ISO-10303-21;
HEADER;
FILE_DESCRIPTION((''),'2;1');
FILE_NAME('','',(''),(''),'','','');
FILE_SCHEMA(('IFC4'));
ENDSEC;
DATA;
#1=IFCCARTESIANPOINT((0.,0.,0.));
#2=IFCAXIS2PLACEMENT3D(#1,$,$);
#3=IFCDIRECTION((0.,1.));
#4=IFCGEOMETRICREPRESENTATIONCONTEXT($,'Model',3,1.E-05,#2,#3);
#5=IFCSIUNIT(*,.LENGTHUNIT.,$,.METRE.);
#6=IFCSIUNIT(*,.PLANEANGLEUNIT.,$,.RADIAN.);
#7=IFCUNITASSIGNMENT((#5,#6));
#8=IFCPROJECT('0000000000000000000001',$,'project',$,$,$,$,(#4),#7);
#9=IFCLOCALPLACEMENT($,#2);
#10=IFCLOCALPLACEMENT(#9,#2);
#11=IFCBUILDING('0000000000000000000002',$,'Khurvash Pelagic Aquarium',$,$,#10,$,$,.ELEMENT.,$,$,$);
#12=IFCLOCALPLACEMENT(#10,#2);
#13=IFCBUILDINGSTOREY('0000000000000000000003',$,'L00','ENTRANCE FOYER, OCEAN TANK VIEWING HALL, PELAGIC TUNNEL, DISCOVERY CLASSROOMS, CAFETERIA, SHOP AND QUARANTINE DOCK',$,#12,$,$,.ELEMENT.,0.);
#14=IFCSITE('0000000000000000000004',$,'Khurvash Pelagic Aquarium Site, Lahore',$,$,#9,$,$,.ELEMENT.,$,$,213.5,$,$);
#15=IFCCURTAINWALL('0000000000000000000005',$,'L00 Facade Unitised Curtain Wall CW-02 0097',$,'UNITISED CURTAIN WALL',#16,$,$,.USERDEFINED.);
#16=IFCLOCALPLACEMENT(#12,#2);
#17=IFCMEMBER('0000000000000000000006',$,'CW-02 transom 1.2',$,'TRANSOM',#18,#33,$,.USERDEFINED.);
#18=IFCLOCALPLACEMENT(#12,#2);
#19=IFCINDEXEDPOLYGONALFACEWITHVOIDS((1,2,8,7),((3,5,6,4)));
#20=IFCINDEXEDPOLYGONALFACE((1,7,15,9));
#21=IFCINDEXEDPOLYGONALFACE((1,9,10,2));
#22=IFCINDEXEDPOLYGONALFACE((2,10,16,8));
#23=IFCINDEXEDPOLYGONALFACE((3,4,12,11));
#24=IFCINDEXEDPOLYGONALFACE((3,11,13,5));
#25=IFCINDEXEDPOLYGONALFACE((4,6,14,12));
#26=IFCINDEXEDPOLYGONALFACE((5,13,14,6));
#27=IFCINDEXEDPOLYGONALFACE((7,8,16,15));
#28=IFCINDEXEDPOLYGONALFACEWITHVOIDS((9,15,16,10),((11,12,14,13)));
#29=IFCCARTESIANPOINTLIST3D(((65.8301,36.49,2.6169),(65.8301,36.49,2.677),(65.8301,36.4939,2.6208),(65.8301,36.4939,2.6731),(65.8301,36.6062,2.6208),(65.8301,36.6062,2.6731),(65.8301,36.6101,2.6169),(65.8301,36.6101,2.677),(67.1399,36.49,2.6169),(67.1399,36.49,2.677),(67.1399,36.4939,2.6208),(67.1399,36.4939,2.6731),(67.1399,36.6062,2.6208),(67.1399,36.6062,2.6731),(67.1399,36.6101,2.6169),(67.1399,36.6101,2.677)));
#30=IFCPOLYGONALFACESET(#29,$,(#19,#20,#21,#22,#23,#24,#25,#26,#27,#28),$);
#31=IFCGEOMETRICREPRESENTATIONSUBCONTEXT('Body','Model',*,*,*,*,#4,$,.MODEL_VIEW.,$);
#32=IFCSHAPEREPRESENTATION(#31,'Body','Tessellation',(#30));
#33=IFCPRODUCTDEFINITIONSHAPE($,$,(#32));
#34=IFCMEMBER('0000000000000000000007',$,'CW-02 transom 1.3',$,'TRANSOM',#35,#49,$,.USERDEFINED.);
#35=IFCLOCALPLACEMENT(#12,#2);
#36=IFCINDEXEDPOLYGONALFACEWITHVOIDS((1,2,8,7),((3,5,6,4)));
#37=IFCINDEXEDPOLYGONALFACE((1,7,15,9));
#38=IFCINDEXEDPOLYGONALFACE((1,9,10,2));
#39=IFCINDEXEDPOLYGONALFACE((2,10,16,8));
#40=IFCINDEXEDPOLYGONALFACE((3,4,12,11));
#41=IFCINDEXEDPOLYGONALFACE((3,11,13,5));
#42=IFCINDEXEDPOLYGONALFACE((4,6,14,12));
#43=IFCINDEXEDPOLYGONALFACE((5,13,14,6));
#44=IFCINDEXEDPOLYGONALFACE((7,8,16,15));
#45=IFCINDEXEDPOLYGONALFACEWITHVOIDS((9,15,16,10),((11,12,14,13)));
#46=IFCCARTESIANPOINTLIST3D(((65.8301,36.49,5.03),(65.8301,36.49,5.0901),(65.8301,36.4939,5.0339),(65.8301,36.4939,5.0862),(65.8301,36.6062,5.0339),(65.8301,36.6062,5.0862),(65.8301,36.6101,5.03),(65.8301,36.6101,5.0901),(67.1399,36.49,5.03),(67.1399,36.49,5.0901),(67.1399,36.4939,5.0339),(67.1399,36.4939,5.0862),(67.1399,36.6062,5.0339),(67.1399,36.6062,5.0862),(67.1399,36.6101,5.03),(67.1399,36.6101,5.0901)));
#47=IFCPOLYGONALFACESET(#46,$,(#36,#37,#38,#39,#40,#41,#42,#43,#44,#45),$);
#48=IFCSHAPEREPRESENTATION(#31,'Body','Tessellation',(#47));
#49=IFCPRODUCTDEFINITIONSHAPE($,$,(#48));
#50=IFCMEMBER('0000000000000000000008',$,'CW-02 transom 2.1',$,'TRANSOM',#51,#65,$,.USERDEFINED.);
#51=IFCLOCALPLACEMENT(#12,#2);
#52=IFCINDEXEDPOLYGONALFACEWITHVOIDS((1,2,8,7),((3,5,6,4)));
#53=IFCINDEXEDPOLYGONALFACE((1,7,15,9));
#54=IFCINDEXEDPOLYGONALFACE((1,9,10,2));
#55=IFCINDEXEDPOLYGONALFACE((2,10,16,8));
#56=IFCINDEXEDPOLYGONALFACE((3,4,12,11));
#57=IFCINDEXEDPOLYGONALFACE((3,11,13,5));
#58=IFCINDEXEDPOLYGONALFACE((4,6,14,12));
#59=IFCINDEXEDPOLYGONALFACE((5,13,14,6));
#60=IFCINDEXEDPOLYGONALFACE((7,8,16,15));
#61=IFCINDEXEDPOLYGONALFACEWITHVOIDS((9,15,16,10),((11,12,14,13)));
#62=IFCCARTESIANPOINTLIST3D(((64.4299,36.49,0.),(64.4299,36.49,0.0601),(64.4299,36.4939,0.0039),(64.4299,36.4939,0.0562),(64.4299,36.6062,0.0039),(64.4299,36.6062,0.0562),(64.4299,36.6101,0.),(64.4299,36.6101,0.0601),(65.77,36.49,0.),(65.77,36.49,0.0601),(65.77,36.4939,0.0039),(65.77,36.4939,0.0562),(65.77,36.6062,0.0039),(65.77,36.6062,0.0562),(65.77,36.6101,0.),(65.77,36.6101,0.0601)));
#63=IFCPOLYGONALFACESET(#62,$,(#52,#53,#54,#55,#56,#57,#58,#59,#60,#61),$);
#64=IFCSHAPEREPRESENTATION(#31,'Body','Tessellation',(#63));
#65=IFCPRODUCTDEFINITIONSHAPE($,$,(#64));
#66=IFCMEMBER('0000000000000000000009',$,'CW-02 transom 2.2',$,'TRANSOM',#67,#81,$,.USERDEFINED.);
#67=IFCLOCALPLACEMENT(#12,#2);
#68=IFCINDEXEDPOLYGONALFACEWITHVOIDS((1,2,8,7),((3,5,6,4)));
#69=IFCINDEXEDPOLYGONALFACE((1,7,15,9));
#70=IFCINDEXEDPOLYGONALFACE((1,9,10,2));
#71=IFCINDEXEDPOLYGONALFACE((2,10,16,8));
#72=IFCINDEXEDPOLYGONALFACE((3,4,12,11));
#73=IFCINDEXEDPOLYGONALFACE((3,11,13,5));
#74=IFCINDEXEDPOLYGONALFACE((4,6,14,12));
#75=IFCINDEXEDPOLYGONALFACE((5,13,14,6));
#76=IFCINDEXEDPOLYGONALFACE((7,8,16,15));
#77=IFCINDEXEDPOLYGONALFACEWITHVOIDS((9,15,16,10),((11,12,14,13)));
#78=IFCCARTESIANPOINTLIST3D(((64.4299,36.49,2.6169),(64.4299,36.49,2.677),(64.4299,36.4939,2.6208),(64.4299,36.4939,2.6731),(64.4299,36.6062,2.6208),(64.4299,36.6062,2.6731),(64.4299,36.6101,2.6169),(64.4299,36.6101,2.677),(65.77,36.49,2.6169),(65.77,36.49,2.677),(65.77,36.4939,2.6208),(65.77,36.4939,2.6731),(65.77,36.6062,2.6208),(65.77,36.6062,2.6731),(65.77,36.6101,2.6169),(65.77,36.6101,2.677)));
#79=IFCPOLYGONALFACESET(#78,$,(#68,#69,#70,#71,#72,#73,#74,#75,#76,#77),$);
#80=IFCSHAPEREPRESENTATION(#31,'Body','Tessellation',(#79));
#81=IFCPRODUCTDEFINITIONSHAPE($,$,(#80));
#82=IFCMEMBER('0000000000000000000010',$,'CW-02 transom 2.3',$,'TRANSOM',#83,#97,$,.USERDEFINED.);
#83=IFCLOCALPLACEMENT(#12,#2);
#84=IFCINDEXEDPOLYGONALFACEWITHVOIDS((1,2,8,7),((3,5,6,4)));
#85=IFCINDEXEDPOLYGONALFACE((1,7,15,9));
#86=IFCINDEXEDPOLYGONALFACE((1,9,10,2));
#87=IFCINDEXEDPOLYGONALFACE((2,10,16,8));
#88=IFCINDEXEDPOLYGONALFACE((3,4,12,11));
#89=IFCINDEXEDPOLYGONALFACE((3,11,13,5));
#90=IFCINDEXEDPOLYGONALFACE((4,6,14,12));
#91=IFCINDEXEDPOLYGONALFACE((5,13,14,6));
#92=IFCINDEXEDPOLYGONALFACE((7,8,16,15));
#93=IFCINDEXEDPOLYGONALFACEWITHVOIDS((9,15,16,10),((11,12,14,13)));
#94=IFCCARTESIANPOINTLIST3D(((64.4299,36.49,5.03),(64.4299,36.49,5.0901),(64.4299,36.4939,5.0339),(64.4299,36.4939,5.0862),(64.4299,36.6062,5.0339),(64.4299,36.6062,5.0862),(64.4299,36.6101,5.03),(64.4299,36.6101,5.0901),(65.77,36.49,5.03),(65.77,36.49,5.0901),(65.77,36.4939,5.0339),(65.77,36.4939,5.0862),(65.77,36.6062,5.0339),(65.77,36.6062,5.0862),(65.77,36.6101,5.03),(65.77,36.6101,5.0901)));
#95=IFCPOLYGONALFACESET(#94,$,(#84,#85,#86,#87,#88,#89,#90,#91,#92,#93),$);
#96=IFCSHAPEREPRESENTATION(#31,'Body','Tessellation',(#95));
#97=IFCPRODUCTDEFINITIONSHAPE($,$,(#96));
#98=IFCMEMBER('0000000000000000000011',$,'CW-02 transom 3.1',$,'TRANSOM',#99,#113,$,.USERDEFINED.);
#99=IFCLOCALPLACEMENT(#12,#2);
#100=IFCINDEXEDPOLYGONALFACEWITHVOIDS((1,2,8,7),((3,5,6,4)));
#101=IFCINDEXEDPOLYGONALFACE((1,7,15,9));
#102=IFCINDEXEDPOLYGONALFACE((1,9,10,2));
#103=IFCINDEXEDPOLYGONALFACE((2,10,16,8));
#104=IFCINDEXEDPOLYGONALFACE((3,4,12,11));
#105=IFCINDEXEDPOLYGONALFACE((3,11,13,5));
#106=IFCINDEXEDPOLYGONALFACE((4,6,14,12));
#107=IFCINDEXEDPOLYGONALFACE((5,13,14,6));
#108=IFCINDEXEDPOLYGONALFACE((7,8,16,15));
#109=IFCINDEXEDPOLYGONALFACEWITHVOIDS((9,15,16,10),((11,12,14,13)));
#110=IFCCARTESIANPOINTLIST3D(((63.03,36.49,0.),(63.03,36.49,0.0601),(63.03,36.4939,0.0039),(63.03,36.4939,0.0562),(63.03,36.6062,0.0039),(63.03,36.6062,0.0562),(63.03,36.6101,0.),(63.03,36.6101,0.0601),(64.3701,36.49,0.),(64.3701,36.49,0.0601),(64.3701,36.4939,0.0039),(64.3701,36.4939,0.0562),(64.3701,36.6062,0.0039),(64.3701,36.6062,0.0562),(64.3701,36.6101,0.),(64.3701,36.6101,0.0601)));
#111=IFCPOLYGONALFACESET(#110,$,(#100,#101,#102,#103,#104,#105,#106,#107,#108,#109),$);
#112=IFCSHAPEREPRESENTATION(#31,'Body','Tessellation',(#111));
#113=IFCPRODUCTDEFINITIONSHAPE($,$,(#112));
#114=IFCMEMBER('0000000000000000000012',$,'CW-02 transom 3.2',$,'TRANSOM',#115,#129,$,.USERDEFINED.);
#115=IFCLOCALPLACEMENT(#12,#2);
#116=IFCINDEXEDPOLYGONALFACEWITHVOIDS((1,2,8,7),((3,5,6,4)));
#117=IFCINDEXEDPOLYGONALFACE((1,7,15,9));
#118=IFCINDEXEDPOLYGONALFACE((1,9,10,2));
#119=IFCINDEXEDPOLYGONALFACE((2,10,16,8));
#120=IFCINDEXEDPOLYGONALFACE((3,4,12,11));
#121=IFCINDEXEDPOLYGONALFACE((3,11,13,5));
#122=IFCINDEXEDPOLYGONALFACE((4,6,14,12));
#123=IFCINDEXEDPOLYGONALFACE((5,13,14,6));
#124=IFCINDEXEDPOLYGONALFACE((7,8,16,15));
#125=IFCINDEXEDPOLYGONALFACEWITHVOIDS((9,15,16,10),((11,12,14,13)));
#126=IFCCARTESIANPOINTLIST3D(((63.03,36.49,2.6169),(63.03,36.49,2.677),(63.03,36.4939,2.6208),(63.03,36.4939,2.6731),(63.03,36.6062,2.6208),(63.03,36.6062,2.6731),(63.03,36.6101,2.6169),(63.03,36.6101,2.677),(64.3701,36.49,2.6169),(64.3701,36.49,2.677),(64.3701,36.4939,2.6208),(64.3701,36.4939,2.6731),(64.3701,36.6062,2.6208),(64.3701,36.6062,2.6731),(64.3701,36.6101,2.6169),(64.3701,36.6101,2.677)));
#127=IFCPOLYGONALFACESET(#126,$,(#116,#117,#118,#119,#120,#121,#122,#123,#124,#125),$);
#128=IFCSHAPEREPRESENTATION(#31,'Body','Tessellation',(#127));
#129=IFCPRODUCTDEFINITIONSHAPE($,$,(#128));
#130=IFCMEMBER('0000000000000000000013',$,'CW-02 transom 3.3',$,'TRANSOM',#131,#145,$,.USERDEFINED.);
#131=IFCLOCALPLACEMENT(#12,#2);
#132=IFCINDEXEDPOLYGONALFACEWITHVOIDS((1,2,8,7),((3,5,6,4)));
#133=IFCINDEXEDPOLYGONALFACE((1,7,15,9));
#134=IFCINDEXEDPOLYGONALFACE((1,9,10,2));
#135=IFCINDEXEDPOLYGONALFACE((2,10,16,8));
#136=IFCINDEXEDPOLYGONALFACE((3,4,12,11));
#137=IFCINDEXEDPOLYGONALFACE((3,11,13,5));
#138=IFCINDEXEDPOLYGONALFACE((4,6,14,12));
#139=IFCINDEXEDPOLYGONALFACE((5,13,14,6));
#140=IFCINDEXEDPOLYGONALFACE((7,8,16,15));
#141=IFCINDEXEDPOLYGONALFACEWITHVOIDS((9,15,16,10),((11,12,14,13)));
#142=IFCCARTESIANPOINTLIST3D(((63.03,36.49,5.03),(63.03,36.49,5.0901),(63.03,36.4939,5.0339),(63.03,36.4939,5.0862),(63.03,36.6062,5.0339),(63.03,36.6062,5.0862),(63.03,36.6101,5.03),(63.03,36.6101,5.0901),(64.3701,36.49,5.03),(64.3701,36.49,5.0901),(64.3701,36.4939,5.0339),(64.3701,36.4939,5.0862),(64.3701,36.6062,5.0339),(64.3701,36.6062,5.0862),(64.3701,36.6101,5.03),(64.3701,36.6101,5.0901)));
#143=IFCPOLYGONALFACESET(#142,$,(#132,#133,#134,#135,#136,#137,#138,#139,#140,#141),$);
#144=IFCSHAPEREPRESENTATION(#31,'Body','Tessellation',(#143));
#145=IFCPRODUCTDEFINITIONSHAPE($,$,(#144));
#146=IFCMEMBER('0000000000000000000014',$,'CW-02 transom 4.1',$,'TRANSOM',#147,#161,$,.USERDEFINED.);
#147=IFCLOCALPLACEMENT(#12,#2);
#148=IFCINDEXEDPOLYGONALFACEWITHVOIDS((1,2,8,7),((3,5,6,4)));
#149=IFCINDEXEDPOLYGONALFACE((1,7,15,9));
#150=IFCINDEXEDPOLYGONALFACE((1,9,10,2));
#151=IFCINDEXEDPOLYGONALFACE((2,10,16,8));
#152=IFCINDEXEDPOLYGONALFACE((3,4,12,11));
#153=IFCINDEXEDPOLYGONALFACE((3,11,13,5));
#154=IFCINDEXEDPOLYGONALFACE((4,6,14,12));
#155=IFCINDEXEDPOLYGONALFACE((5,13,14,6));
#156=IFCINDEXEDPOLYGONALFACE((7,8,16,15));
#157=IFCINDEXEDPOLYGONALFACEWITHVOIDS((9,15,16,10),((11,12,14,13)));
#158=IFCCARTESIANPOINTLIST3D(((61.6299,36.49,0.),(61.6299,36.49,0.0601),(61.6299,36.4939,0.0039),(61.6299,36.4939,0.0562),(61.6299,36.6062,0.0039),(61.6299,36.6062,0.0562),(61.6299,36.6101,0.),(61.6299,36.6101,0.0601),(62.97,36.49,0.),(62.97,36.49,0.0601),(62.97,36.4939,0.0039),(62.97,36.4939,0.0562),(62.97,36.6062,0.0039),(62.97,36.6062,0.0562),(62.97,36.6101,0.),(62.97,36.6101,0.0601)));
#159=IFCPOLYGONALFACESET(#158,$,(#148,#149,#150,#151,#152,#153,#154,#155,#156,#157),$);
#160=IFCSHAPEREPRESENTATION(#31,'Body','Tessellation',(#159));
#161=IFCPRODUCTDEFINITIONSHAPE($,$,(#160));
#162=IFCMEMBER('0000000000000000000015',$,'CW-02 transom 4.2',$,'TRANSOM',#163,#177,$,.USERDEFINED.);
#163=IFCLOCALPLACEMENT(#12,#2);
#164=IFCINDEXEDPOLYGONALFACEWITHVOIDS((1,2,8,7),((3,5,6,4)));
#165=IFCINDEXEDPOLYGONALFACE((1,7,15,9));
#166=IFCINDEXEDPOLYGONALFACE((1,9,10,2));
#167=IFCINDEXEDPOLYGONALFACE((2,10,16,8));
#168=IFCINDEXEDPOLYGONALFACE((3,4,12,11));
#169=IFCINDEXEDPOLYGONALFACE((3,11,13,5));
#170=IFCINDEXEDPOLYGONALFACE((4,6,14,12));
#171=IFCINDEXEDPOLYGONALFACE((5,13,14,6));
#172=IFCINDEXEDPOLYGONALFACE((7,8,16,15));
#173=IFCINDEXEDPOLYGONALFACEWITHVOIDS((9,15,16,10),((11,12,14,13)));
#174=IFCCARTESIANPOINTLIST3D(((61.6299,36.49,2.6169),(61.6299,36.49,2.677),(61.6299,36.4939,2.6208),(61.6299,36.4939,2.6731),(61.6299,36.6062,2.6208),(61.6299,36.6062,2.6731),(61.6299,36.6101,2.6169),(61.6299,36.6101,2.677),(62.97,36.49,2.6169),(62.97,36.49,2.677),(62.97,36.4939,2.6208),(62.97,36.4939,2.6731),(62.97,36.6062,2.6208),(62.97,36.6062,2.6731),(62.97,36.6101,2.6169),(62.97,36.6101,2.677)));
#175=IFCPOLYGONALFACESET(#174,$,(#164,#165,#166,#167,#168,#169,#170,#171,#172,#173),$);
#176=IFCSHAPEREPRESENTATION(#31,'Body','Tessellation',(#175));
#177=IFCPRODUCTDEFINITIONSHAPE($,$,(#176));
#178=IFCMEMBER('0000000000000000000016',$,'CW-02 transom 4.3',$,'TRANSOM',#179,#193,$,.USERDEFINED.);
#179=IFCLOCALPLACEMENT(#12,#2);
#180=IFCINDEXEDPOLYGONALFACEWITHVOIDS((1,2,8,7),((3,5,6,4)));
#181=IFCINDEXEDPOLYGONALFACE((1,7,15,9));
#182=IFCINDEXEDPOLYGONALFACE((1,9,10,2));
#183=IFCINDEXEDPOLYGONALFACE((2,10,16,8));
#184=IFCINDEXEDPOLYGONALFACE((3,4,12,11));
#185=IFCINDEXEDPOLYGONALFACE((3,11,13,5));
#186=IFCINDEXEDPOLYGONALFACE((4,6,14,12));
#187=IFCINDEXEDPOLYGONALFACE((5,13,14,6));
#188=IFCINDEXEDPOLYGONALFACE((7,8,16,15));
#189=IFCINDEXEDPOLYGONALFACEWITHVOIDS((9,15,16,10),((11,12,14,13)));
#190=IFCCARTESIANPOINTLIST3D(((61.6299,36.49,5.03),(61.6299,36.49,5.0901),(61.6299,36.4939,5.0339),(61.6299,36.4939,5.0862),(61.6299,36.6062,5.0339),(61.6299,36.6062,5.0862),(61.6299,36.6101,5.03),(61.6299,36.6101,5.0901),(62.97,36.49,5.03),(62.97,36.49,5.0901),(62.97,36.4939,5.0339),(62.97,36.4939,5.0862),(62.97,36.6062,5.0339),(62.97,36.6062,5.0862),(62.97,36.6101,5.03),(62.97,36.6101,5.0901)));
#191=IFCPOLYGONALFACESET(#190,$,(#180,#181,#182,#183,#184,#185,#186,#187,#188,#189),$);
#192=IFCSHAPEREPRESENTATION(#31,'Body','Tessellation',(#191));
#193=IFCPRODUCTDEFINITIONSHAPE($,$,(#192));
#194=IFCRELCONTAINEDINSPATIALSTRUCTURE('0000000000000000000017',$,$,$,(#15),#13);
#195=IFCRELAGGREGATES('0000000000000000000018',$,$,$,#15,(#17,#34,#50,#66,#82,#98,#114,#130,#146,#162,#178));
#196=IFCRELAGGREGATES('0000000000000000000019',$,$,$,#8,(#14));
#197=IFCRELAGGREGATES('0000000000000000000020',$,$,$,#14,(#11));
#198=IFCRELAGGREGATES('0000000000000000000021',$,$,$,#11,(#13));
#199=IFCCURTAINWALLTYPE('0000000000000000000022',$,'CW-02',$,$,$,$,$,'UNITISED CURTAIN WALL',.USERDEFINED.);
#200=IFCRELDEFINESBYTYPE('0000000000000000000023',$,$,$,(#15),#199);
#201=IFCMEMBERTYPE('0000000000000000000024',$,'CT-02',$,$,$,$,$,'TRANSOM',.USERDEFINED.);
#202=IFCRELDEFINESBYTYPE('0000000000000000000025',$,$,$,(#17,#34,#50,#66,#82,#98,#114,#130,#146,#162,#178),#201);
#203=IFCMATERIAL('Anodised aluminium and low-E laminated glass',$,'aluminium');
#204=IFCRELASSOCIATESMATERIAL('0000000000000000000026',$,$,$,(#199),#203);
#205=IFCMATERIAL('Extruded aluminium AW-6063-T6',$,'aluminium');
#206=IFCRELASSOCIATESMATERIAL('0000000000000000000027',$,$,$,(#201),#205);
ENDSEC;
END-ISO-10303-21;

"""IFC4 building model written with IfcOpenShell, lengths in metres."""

from ifc_helpers import new_model, si_unit, direction, frame, origin, origin_2d, place, context, subcontext, project, spatial, hollow_rectangle, extrude, material, material_profile, profile_set, type_object, element, aggregate, save


model = new_model("IFC4")

# Units and contexts
model_context = context("Model", 3, precision=1e-05, world=origin(), true_north=direction((0.0, 1.0)))
body_context = subcontext(model_context, "Body", "Model", "MODEL_VIEW")
ifc_project = project(units=[si_unit("LENGTHUNIT", "METRE"), si_unit("PLANEANGLEUNIT", "RADIAN")], contexts=[model_context])

# Site, building, storey
site_placement = place(None, origin())
site = spatial("IfcSite", under=ifc_project, at=site_placement, Name="Khurvash Pelagic Aquarium Site, Lahore", CompositionType="ELEMENT", RefElevation=213.5)
building_placement = place(site_placement, origin())
building = spatial("IfcBuilding", under=site, at=building_placement, Name="Khurvash Pelagic Aquarium", CompositionType="ELEMENT")
storey_placement = place(building_placement, origin())
storey = spatial("IfcBuildingStorey", under=building, at=storey_placement, Name="L00", Description="ENTRANCE FOYER, OCEAN TANK VIEWING HALL, PELAGIC TUNNEL, DISCOVERY CLASSROOMS, CAFETERIA, SHOP AND QUARANTINE DOCK", CompositionType="ELEMENT", Elevation=0.0)

# Curtain wall, members
ifc_material_1 = material(Name="Anodised aluminium and low-E laminated glass", Category="aluminium")
curtain_wall_type = type_object("IfcCurtainWallType", Name="CW-02", ElementType="UNITISED CURTAIN WALL", PredefinedType="USERDEFINED", material=ifc_material_1)
curtain_wall_placement = place(storey_placement, origin())
curtain_wall = element("IfcCurtainWall", 1, at=curtain_wall_placement, inside=storey, type_object=curtain_wall_type, Name="L00 Facade Unitised Curtain Wall CW-02 0097", ObjectType="UNITISED CURTAIN WALL", PredefinedType="USERDEFINED")
ifc_material_2 = material(Name="Extruded aluminium AW-6063-T6", Category="aluminium")
ifc_material_profile_1 = material_profile(ifc_material_2, hollow_rectangle(XDim=0.1201, YDim=0.0601, WallThickness=0.0039, at=origin_2d()), Name="CWT120X60X4")
ifc_profile_set_1 = profile_set([ifc_material_profile_1], Name="Extruded aluminium AW-6063-T6")
member_type_1 = type_object("IfcMemberType", Name="CT-02", ElementType="TRANSOM", PredefinedType="USERDEFINED", material=ifc_profile_set_1)
member_1_placement = place(storey_placement, frame((67.1399, 36.55, 2.647), z_axis=(-1.0, 0.0, 0.0), x_axis=(0.0, -1.0, 0.0)))
member_1 = element("IfcMember", 2, at=member_1_placement, type_object=member_type_1, Name="CW-02 transom 1.2", ObjectType="TRANSOM", PredefinedType="USERDEFINED", context=body_context, shape_type="SweptSolid", body=[
    extrude(hollow_rectangle(XDim=0.1201, YDim=0.0601, WallThickness=0.0039, at=origin_2d()), origin(), (0.0, 0.0, 1.0), 1.3098),
])
member_2_placement = place(storey_placement, frame((67.1399, 36.55, 5.0601), z_axis=(-1.0, 0.0, 0.0), x_axis=(0.0, -1.0, 0.0)))
member_2 = element("IfcMember", 3, at=member_2_placement, type_object=member_type_1, Name="CW-02 transom 1.3", ObjectType="TRANSOM", PredefinedType="USERDEFINED", context=body_context, shape_type="SweptSolid", body=[
    extrude(hollow_rectangle(XDim=0.1201, YDim=0.0601, WallThickness=0.0039, at=origin_2d()), origin(), (0.0, 0.0, 1.0), 1.3098),
])
member_3_placement = place(storey_placement, frame((65.77, 36.55, 0.03), z_axis=(-1.0, 0.0, 0.0), x_axis=(0.0, -1.0, 0.0)))
member_3 = element("IfcMember", 4, at=member_3_placement, type_object=member_type_1, Name="CW-02 transom 2.1", ObjectType="TRANSOM", PredefinedType="USERDEFINED", context=body_context, shape_type="SweptSolid", body=[
    extrude(hollow_rectangle(XDim=0.1201, YDim=0.0601, WallThickness=0.0039, at=origin_2d()), origin(), (0.0, 0.0, 1.0), 1.3401),
])
member_4_placement = place(storey_placement, frame((65.77, 36.55, 2.647), z_axis=(-1.0, 0.0, 0.0), x_axis=(0.0, -1.0, 0.0)))
member_4 = element("IfcMember", 5, at=member_4_placement, type_object=member_type_1, Name="CW-02 transom 2.2", ObjectType="TRANSOM", PredefinedType="USERDEFINED", context=body_context, shape_type="SweptSolid", body=[
    extrude(hollow_rectangle(XDim=0.1201, YDim=0.0601, WallThickness=0.0039, at=origin_2d()), origin(), (0.0, 0.0, 1.0), 1.3401),
])
member_5_placement = place(storey_placement, frame((65.77, 36.55, 5.0601), z_axis=(-1.0, 0.0, 0.0), x_axis=(0.0, -1.0, 0.0)))
member_5 = element("IfcMember", 6, at=member_5_placement, type_object=member_type_1, Name="CW-02 transom 2.3", ObjectType="TRANSOM", PredefinedType="USERDEFINED", context=body_context, shape_type="SweptSolid", body=[
    extrude(hollow_rectangle(XDim=0.1201, YDim=0.0601, WallThickness=0.0039, at=origin_2d()), origin(), (0.0, 0.0, 1.0), 1.3401),
])
member_6_placement = place(storey_placement, frame((64.3701, 36.55, 0.03), z_axis=(-1.0, 0.0, 0.0), x_axis=(0.0, -1.0, 0.0)))
member_6 = element("IfcMember", 7, at=member_6_placement, type_object=member_type_1, Name="CW-02 transom 3.1", ObjectType="TRANSOM", PredefinedType="USERDEFINED", context=body_context, shape_type="SweptSolid", body=[
    extrude(hollow_rectangle(XDim=0.1201, YDim=0.0601, WallThickness=0.0039, at=origin_2d()), origin(), (0.0, 0.0, 1.0), 1.3401),
])
member_7_placement = place(storey_placement, frame((64.3701, 36.55, 2.647), z_axis=(-1.0, 0.0, 0.0), x_axis=(0.0, -1.0, 0.0)))
member_7 = element("IfcMember", 8, at=member_7_placement, type_object=member_type_1, Name="CW-02 transom 3.2", ObjectType="TRANSOM", PredefinedType="USERDEFINED", context=body_context, shape_type="SweptSolid", body=[
    extrude(hollow_rectangle(XDim=0.1201, YDim=0.0601, WallThickness=0.0039, at=origin_2d()), origin(), (0.0, 0.0, 1.0), 1.3401),
])
member_8_placement = place(storey_placement, frame((64.3701, 36.55, 5.0601), z_axis=(-1.0, 0.0, 0.0), x_axis=(0.0, -1.0, 0.0)))
member_8 = element("IfcMember", 9, at=member_8_placement, type_object=member_type_1, Name="CW-02 transom 3.3", ObjectType="TRANSOM", PredefinedType="USERDEFINED", context=body_context, shape_type="SweptSolid", body=[
    extrude(hollow_rectangle(XDim=0.1201, YDim=0.0601, WallThickness=0.0039, at=origin_2d()), origin(), (0.0, 0.0, 1.0), 1.3401),
])
member_9_placement = place(storey_placement, frame((62.97, 36.55, 0.03), z_axis=(-1.0, 0.0, 0.0), x_axis=(0.0, -1.0, 0.0)))
member_9 = element("IfcMember", 10, at=member_9_placement, type_object=member_type_1, Name="CW-02 transom 4.1", ObjectType="TRANSOM", PredefinedType="USERDEFINED", context=body_context, shape_type="SweptSolid", body=[
    extrude(hollow_rectangle(XDim=0.1201, YDim=0.0601, WallThickness=0.0039, at=origin_2d()), origin(), (0.0, 0.0, 1.0), 1.3401),
])
member_10_placement = place(storey_placement, frame((62.97, 36.55, 2.647), z_axis=(-1.0, 0.0, 0.0), x_axis=(0.0, -1.0, 0.0)))
member_10 = element("IfcMember", 11, at=member_10_placement, type_object=member_type_1, Name="CW-02 transom 4.2", ObjectType="TRANSOM", PredefinedType="USERDEFINED", context=body_context, shape_type="SweptSolid", body=[
    extrude(hollow_rectangle(XDim=0.1201, YDim=0.0601, WallThickness=0.0039, at=origin_2d()), origin(), (0.0, 0.0, 1.0), 1.3401),
])
member_11_placement = place(storey_placement, frame((62.97, 36.55, 5.0601), z_axis=(-1.0, 0.0, 0.0), x_axis=(0.0, -1.0, 0.0)))
member_11 = element("IfcMember", 12, at=member_11_placement, type_object=member_type_1, Name="CW-02 transom 4.3", ObjectType="TRANSOM", PredefinedType="USERDEFINED", context=body_context, shape_type="SweptSolid", body=[
    extrude(hollow_rectangle(XDim=0.1201, YDim=0.0601, WallThickness=0.0039, at=origin_2d()), origin(), (0.0, 0.0, 1.0), 1.3401),
])

aggregate(curtain_wall, [member_1, member_2, member_3, member_4, member_5, member_6, member_7, member_8, member_9, member_10, member_11])

save(model, "model.ifc")
